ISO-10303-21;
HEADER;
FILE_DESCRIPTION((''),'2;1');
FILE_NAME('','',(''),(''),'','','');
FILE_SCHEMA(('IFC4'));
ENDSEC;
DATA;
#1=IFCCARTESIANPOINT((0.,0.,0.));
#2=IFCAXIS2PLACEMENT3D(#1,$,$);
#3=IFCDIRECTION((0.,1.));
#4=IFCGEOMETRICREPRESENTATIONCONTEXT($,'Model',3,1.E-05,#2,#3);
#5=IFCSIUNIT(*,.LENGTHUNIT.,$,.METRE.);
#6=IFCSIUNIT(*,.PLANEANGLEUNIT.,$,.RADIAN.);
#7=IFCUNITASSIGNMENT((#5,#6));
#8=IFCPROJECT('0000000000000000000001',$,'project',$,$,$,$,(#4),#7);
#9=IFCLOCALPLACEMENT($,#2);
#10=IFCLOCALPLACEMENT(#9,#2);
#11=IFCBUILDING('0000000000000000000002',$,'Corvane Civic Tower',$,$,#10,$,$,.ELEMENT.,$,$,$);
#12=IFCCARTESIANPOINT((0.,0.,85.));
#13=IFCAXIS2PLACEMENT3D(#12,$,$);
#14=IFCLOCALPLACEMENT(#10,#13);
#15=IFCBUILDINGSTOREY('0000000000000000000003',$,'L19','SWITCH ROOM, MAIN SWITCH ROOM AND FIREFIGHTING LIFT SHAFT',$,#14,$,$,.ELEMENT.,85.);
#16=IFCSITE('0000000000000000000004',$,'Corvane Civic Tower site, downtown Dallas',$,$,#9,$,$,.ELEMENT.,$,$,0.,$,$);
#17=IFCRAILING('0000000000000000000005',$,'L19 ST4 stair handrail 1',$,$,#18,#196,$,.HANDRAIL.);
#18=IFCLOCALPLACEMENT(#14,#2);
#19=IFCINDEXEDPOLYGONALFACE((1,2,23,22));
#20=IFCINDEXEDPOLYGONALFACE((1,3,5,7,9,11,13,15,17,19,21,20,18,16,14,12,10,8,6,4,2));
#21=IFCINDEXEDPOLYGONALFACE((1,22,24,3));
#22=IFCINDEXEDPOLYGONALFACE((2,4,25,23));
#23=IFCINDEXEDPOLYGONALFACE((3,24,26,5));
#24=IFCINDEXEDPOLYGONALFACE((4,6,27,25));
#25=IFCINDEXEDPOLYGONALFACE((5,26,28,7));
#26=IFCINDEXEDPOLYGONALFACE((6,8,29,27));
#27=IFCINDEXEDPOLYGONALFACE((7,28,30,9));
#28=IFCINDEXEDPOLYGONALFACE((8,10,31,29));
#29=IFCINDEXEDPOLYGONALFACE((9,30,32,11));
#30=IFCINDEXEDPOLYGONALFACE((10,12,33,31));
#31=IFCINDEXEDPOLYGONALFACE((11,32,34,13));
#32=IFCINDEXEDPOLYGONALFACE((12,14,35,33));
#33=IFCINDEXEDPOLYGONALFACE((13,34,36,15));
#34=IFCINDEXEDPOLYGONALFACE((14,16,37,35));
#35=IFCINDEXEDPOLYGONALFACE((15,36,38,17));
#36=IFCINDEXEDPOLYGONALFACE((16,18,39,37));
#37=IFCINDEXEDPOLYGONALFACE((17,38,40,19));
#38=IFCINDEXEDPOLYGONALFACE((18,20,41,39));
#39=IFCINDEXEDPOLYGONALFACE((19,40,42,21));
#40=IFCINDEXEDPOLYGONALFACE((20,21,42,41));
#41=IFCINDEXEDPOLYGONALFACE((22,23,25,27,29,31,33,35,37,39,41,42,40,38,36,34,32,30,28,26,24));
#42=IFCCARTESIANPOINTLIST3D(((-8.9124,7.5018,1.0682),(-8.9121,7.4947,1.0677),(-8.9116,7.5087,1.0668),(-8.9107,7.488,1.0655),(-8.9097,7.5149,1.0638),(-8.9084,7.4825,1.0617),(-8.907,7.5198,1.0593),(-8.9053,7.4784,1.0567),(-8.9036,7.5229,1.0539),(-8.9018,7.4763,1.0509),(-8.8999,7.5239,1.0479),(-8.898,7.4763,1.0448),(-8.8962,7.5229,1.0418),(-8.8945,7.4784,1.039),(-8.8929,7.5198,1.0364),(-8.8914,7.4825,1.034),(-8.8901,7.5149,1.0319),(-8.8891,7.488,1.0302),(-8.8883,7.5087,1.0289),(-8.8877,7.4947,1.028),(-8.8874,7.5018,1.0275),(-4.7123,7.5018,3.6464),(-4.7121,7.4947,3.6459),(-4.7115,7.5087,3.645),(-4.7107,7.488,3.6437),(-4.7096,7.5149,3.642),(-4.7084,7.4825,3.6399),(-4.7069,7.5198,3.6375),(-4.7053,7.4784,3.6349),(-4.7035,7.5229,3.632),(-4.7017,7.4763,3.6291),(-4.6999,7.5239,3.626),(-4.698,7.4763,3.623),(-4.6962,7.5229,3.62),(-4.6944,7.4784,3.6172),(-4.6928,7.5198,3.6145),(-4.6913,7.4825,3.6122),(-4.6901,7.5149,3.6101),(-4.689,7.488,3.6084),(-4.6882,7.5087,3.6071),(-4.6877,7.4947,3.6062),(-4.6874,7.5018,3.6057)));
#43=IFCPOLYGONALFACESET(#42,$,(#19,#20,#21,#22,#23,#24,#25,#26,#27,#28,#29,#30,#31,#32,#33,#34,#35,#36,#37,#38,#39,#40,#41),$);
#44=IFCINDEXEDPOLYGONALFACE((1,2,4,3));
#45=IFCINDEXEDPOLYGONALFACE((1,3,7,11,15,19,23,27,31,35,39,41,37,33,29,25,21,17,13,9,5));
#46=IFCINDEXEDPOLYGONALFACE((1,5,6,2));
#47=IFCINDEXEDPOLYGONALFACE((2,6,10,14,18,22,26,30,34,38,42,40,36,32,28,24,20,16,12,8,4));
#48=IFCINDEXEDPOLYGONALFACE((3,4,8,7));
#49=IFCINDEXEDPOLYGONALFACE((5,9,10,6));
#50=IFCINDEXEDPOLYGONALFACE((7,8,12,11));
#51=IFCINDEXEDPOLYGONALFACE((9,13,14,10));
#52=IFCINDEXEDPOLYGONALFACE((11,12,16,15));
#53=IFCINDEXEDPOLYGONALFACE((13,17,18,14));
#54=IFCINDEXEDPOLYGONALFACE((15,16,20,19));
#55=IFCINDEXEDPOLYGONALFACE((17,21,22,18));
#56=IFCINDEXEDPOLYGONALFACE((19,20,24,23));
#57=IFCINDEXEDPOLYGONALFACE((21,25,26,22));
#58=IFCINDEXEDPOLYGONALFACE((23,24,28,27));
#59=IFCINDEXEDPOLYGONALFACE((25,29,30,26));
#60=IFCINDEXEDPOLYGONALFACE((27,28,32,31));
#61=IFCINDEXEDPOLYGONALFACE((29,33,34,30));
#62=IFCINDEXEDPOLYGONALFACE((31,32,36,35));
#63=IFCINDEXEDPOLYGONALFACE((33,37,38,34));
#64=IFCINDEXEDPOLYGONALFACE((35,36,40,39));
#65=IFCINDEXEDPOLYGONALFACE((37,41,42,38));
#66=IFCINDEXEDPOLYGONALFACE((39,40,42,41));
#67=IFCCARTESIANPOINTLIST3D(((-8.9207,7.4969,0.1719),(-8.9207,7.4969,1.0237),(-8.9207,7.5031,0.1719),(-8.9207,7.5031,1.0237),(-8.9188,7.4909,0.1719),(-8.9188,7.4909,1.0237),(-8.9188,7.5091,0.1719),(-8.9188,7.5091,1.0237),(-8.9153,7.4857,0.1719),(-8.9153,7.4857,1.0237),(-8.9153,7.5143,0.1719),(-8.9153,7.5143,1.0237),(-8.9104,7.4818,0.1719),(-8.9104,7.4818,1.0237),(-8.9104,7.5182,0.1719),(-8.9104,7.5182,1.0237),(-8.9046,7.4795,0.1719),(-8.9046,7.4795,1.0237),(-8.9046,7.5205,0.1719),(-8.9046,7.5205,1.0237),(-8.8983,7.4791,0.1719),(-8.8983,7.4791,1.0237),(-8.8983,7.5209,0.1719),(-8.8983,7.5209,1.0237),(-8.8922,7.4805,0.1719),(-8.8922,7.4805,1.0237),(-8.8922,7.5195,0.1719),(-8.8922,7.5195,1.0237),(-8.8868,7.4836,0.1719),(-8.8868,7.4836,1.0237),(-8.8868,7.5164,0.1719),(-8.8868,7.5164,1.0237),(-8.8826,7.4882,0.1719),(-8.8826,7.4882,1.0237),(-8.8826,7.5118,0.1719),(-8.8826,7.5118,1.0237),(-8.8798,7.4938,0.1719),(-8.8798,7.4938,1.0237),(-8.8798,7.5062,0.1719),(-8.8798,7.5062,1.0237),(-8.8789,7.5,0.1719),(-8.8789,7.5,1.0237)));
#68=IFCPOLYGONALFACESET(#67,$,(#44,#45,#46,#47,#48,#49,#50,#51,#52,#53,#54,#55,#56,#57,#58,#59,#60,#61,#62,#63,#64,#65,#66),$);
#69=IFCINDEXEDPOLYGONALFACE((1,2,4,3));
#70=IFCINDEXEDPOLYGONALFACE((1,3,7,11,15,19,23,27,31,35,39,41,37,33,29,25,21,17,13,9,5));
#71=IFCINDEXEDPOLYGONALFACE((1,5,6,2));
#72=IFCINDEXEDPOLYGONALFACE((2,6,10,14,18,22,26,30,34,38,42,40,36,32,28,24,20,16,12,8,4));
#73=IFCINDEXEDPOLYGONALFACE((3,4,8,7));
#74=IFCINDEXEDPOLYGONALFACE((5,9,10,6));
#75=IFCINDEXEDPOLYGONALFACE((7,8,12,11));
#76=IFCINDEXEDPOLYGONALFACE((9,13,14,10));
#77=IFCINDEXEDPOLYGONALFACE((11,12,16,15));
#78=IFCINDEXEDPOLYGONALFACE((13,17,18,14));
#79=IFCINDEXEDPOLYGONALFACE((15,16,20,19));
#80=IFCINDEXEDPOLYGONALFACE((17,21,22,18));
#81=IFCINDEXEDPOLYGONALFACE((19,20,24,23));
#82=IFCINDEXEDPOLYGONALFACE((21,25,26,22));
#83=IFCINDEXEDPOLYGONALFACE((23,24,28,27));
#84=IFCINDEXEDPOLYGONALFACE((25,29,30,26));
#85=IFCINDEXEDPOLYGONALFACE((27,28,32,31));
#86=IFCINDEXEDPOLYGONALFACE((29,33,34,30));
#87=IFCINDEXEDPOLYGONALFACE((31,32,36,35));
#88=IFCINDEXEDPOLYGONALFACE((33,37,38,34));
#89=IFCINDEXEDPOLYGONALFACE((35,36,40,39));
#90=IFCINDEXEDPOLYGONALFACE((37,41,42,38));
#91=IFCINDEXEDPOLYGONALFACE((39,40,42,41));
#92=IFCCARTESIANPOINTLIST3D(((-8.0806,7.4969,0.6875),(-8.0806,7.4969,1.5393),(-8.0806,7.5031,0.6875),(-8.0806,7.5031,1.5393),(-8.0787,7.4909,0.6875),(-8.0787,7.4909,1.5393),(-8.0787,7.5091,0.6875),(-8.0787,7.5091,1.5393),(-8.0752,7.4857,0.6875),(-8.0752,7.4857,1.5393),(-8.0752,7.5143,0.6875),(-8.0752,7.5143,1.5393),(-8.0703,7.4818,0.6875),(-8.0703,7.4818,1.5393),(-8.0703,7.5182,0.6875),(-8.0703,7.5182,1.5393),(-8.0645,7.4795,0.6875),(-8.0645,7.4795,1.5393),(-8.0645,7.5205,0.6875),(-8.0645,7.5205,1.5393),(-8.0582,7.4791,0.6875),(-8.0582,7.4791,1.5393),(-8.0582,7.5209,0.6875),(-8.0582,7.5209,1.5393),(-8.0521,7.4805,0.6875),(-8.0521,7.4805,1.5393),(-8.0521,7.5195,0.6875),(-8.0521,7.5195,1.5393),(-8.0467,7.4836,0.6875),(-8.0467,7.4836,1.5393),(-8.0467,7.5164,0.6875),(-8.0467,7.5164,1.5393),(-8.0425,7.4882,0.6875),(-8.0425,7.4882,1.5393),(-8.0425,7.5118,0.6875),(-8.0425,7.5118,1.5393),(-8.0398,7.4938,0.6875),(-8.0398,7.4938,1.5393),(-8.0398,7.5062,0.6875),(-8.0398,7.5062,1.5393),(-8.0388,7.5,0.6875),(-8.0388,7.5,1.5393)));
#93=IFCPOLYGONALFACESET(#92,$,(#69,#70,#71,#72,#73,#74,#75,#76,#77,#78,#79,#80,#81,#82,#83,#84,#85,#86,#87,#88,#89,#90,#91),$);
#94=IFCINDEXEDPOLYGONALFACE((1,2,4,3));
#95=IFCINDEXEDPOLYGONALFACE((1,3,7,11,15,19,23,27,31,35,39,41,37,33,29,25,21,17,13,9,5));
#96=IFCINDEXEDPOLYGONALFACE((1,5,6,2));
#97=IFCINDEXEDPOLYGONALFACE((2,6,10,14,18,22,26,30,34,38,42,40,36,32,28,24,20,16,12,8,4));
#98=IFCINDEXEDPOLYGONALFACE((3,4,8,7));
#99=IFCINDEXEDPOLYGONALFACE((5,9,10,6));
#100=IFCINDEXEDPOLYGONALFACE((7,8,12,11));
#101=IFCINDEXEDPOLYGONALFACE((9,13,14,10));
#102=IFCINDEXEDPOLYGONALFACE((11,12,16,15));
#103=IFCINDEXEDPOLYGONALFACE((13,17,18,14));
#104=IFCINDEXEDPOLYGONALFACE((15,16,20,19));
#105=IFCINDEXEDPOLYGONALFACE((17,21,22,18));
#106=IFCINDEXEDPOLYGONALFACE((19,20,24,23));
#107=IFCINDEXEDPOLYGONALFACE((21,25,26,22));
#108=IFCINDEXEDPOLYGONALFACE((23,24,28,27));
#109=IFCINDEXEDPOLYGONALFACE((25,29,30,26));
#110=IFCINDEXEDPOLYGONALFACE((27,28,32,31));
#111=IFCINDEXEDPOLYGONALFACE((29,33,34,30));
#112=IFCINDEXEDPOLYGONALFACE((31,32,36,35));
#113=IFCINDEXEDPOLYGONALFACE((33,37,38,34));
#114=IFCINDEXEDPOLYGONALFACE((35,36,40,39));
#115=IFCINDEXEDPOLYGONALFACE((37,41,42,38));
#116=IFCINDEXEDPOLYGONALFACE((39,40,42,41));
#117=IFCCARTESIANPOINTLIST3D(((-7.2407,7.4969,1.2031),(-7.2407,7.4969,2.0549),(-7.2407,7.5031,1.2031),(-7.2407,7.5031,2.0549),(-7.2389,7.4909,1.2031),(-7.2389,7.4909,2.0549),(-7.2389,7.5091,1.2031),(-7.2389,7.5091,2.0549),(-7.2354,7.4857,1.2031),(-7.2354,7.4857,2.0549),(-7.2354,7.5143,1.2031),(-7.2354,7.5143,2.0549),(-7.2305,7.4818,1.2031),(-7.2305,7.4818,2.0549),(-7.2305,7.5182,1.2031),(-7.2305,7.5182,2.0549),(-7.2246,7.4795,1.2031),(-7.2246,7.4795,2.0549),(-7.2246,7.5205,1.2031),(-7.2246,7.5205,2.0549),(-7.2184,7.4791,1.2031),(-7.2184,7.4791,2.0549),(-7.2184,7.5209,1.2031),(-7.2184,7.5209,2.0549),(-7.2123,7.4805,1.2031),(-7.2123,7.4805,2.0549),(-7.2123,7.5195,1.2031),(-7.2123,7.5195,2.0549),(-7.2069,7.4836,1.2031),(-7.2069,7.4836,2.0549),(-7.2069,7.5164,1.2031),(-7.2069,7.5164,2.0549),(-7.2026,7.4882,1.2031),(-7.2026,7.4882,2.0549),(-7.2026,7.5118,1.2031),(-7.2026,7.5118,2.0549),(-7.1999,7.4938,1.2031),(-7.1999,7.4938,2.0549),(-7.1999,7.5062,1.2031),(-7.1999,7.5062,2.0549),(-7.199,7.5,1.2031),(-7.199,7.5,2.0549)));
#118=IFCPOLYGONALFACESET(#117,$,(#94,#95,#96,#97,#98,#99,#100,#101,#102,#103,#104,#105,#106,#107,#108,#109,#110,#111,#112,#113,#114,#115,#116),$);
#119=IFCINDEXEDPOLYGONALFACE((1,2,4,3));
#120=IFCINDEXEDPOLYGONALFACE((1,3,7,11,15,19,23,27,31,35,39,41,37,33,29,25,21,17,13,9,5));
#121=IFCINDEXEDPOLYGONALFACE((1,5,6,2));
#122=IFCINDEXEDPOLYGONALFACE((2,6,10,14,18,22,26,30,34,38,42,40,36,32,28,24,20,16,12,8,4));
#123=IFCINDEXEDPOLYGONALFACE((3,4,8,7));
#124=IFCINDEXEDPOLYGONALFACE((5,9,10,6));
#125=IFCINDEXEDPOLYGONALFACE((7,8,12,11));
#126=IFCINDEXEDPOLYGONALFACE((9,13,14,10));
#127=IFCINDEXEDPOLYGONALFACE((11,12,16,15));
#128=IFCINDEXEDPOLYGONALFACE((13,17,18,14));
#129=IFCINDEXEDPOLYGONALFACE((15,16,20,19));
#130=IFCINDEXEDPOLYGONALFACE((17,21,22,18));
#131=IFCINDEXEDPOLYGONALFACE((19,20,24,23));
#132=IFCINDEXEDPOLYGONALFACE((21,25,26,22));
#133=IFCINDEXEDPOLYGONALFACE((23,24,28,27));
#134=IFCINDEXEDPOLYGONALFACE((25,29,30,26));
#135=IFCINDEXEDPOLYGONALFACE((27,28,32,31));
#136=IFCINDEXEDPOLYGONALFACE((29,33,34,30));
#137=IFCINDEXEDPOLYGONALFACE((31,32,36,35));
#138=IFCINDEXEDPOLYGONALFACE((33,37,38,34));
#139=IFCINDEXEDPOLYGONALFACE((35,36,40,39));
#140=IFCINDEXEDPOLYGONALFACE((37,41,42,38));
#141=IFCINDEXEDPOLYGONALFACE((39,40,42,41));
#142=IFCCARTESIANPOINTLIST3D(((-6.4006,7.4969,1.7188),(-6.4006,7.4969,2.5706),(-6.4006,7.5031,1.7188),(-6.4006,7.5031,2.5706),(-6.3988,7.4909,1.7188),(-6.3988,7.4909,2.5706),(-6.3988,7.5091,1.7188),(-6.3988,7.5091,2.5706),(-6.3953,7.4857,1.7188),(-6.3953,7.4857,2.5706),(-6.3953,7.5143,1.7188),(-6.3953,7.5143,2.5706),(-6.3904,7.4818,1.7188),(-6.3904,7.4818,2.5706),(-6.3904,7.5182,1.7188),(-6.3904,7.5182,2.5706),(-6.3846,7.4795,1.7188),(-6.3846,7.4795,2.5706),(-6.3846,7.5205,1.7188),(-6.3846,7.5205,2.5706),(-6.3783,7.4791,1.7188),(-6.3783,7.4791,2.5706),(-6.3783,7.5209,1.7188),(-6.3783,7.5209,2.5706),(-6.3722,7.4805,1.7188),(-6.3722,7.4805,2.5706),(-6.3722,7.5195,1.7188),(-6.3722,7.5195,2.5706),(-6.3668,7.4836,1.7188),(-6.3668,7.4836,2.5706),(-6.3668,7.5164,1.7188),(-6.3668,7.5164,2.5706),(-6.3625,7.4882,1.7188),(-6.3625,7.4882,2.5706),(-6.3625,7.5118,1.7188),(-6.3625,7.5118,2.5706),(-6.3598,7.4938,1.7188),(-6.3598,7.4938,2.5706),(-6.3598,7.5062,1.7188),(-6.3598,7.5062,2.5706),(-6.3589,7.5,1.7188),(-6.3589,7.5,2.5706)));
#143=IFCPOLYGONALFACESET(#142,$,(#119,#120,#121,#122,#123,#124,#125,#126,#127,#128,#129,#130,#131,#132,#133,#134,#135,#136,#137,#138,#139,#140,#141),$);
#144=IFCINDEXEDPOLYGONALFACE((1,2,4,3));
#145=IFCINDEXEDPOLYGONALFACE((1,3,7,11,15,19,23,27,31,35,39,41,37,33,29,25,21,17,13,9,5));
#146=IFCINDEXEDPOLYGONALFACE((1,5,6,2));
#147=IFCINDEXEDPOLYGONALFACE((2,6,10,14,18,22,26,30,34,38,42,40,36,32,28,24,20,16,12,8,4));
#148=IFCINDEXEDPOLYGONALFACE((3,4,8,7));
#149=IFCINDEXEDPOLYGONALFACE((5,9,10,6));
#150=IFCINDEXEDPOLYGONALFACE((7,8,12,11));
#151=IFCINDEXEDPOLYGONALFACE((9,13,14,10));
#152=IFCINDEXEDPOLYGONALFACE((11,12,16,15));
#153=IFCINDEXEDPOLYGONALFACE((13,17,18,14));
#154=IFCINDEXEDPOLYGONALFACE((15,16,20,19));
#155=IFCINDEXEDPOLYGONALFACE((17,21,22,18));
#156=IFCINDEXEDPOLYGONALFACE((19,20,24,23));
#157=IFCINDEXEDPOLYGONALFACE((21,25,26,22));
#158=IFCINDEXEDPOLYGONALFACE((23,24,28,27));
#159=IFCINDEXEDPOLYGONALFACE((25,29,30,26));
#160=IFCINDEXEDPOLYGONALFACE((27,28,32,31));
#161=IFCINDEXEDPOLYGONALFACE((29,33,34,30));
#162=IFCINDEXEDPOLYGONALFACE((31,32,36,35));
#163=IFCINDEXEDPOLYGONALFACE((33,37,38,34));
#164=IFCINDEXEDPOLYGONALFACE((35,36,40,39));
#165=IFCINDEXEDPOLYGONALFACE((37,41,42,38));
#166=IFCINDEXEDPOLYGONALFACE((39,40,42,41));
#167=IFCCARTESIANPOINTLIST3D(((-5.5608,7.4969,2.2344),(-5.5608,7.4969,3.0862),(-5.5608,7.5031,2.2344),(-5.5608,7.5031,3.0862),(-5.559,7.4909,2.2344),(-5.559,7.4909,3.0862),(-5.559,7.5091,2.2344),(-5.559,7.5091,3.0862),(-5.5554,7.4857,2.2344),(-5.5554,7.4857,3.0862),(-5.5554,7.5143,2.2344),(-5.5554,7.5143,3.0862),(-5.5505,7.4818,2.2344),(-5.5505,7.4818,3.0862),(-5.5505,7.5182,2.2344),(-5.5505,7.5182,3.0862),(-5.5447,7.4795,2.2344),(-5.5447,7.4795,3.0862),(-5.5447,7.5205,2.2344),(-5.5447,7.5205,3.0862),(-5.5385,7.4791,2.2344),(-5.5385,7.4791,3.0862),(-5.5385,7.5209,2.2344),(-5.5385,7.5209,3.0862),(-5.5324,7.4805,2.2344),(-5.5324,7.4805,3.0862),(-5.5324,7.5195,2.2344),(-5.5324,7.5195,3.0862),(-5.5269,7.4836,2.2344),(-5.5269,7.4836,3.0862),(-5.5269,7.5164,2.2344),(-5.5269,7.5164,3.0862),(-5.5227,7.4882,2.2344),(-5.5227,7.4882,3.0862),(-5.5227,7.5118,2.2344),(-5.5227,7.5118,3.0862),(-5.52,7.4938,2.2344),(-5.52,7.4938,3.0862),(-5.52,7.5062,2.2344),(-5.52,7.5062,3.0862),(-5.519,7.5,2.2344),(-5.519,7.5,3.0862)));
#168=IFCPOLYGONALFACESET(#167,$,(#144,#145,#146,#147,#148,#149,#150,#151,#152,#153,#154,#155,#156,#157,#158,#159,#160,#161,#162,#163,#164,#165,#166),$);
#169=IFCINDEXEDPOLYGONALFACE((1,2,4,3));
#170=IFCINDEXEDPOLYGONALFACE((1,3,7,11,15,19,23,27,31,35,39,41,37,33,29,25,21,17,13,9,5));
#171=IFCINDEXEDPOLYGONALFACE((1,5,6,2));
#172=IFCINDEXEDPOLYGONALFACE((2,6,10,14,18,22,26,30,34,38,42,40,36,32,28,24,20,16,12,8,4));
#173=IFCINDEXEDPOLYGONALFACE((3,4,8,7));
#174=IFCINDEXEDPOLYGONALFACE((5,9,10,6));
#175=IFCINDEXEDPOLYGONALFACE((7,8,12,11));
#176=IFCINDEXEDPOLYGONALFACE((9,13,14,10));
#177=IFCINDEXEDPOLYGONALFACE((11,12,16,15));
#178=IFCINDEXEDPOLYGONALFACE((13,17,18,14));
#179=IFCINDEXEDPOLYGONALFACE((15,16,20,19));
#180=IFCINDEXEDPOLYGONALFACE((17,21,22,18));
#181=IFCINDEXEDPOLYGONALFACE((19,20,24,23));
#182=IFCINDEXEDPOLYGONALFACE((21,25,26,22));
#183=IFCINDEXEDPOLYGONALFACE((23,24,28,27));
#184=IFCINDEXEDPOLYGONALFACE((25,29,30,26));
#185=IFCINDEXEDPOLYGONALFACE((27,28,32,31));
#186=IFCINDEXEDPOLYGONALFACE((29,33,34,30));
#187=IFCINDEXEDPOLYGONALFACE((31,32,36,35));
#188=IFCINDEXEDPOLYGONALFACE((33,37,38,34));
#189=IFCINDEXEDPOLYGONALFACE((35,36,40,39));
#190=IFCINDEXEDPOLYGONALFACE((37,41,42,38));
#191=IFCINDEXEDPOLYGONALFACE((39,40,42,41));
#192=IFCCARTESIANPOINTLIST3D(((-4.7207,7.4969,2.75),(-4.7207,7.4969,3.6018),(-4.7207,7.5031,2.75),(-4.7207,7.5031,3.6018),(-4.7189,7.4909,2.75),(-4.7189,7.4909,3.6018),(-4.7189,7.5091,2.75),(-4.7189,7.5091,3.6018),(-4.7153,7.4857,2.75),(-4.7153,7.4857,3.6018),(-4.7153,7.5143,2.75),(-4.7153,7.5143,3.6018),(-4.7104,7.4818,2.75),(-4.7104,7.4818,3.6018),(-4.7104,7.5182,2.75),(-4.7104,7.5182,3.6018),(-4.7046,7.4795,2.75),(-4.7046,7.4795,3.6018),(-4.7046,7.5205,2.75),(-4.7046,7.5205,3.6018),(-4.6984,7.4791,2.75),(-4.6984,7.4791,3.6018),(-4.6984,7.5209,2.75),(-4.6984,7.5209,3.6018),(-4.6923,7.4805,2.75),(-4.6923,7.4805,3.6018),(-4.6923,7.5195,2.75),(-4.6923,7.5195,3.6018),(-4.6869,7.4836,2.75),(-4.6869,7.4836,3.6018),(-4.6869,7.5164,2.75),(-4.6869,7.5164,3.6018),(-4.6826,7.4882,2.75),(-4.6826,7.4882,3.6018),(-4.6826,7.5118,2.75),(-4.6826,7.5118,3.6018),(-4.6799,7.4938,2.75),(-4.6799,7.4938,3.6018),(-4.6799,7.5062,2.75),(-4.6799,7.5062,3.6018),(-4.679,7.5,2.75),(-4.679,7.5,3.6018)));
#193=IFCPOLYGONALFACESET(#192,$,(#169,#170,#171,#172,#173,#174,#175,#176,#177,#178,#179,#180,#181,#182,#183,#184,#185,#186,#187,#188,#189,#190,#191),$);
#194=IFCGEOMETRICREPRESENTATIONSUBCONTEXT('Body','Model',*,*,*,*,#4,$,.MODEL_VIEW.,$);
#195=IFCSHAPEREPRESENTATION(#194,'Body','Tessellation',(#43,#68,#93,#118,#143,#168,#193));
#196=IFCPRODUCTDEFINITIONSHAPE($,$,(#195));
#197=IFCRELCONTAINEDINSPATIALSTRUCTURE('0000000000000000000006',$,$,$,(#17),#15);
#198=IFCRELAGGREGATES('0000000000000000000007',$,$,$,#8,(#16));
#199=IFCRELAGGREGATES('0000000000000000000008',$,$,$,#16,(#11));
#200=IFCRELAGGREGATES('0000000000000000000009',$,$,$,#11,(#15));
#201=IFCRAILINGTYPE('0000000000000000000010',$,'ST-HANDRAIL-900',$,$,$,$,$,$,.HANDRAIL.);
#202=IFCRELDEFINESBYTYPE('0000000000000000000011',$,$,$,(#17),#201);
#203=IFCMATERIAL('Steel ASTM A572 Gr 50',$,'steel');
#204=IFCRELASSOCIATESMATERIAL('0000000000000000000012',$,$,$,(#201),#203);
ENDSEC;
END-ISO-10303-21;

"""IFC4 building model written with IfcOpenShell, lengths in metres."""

from ifc_helpers import new_model, si_unit, direction, frame, origin, origin_2d, place, context, subcontext, project, spatial, circle, extrude, material, type_object, element, save


model = new_model("IFC4")

# Units and contexts
model_context = context("Model", 3, precision=1e-05, world=origin(), true_north=direction((0.0, 1.0)))
body_context = subcontext(model_context, "Body", "Model", "MODEL_VIEW")
ifc_project = project(units=[si_unit("LENGTHUNIT", "METRE"), si_unit("PLANEANGLEUNIT", "RADIAN")], contexts=[model_context])

# Site, building, storey
site_placement = place(None, origin())
site = spatial("IfcSite", under=ifc_project, at=site_placement, Name="Corvane Civic Tower site, downtown Dallas", CompositionType="ELEMENT", RefElevation=0.0)
building_placement = place(site_placement, origin())
building = spatial("IfcBuilding", under=site, at=building_placement, Name="Corvane Civic Tower", CompositionType="ELEMENT")
storey_placement = place(building_placement, frame((0.0, 0.0, 85.0)))
storey = spatial("IfcBuildingStorey", under=building, at=storey_placement, Name="L19", Description="SWITCH ROOM, MAIN SWITCH ROOM AND FIREFIGHTING LIFT SHAFT", CompositionType="ELEMENT", Elevation=85.0)

# Railing
ifc_material_1 = material(Name="Steel ASTM A572 Gr 50", Category="steel")
railing_type_1 = type_object("IfcRailingType", Name="ST-HANDRAIL-900", PredefinedType="HANDRAIL", material=ifc_material_1)
railing_1_placement = place(storey_placement, frame((-8.8999, 7.5, 0.1719)))
element("IfcRailing", 1, at=railing_1_placement, inside=storey, type_object=railing_type_1, Name="L19 ST4 stair handrail 1", PredefinedType="HANDRAIL", context=body_context, shape_type="SweptSolid", body=[
    extrude(circle(Radius=0.0239, at=origin_2d()), frame((0.0, 0.0, 0.876), z_axis=(0.852243, 0.0, 0.523146), x_axis=(0.0, 1.0, 0.0)), (0.0, 0.0, 1.0), 4.9282),
    extrude(circle(Radius=0.021, at=origin_2d()), origin(), (0.0, 0.0, 1.0), 0.8518),
    extrude(circle(Radius=0.021, at=origin_2d()), frame((0.8401, 0.0, 0.5156)), (0.0, 0.0, 1.0), 0.8518),
    extrude(circle(Radius=0.021, at=origin_2d()), frame((1.6799, 0.0, 1.0312)), (0.0, 0.0, 1.0), 0.8518),
    extrude(circle(Radius=0.021, at=origin_2d()), frame((2.52, 0.0, 1.5469)), (0.0, 0.0, 1.0), 0.8518),
    extrude(circle(Radius=0.021, at=origin_2d()), frame((3.3599, 0.0, 2.0625)), (0.0, 0.0, 1.0), 0.8518),
    extrude(circle(Radius=0.021, at=origin_2d()), frame((4.2, 0.0, 2.5781)), (0.0, 0.0, 1.0), 0.8518),
])

save(model, "model.ifc")
